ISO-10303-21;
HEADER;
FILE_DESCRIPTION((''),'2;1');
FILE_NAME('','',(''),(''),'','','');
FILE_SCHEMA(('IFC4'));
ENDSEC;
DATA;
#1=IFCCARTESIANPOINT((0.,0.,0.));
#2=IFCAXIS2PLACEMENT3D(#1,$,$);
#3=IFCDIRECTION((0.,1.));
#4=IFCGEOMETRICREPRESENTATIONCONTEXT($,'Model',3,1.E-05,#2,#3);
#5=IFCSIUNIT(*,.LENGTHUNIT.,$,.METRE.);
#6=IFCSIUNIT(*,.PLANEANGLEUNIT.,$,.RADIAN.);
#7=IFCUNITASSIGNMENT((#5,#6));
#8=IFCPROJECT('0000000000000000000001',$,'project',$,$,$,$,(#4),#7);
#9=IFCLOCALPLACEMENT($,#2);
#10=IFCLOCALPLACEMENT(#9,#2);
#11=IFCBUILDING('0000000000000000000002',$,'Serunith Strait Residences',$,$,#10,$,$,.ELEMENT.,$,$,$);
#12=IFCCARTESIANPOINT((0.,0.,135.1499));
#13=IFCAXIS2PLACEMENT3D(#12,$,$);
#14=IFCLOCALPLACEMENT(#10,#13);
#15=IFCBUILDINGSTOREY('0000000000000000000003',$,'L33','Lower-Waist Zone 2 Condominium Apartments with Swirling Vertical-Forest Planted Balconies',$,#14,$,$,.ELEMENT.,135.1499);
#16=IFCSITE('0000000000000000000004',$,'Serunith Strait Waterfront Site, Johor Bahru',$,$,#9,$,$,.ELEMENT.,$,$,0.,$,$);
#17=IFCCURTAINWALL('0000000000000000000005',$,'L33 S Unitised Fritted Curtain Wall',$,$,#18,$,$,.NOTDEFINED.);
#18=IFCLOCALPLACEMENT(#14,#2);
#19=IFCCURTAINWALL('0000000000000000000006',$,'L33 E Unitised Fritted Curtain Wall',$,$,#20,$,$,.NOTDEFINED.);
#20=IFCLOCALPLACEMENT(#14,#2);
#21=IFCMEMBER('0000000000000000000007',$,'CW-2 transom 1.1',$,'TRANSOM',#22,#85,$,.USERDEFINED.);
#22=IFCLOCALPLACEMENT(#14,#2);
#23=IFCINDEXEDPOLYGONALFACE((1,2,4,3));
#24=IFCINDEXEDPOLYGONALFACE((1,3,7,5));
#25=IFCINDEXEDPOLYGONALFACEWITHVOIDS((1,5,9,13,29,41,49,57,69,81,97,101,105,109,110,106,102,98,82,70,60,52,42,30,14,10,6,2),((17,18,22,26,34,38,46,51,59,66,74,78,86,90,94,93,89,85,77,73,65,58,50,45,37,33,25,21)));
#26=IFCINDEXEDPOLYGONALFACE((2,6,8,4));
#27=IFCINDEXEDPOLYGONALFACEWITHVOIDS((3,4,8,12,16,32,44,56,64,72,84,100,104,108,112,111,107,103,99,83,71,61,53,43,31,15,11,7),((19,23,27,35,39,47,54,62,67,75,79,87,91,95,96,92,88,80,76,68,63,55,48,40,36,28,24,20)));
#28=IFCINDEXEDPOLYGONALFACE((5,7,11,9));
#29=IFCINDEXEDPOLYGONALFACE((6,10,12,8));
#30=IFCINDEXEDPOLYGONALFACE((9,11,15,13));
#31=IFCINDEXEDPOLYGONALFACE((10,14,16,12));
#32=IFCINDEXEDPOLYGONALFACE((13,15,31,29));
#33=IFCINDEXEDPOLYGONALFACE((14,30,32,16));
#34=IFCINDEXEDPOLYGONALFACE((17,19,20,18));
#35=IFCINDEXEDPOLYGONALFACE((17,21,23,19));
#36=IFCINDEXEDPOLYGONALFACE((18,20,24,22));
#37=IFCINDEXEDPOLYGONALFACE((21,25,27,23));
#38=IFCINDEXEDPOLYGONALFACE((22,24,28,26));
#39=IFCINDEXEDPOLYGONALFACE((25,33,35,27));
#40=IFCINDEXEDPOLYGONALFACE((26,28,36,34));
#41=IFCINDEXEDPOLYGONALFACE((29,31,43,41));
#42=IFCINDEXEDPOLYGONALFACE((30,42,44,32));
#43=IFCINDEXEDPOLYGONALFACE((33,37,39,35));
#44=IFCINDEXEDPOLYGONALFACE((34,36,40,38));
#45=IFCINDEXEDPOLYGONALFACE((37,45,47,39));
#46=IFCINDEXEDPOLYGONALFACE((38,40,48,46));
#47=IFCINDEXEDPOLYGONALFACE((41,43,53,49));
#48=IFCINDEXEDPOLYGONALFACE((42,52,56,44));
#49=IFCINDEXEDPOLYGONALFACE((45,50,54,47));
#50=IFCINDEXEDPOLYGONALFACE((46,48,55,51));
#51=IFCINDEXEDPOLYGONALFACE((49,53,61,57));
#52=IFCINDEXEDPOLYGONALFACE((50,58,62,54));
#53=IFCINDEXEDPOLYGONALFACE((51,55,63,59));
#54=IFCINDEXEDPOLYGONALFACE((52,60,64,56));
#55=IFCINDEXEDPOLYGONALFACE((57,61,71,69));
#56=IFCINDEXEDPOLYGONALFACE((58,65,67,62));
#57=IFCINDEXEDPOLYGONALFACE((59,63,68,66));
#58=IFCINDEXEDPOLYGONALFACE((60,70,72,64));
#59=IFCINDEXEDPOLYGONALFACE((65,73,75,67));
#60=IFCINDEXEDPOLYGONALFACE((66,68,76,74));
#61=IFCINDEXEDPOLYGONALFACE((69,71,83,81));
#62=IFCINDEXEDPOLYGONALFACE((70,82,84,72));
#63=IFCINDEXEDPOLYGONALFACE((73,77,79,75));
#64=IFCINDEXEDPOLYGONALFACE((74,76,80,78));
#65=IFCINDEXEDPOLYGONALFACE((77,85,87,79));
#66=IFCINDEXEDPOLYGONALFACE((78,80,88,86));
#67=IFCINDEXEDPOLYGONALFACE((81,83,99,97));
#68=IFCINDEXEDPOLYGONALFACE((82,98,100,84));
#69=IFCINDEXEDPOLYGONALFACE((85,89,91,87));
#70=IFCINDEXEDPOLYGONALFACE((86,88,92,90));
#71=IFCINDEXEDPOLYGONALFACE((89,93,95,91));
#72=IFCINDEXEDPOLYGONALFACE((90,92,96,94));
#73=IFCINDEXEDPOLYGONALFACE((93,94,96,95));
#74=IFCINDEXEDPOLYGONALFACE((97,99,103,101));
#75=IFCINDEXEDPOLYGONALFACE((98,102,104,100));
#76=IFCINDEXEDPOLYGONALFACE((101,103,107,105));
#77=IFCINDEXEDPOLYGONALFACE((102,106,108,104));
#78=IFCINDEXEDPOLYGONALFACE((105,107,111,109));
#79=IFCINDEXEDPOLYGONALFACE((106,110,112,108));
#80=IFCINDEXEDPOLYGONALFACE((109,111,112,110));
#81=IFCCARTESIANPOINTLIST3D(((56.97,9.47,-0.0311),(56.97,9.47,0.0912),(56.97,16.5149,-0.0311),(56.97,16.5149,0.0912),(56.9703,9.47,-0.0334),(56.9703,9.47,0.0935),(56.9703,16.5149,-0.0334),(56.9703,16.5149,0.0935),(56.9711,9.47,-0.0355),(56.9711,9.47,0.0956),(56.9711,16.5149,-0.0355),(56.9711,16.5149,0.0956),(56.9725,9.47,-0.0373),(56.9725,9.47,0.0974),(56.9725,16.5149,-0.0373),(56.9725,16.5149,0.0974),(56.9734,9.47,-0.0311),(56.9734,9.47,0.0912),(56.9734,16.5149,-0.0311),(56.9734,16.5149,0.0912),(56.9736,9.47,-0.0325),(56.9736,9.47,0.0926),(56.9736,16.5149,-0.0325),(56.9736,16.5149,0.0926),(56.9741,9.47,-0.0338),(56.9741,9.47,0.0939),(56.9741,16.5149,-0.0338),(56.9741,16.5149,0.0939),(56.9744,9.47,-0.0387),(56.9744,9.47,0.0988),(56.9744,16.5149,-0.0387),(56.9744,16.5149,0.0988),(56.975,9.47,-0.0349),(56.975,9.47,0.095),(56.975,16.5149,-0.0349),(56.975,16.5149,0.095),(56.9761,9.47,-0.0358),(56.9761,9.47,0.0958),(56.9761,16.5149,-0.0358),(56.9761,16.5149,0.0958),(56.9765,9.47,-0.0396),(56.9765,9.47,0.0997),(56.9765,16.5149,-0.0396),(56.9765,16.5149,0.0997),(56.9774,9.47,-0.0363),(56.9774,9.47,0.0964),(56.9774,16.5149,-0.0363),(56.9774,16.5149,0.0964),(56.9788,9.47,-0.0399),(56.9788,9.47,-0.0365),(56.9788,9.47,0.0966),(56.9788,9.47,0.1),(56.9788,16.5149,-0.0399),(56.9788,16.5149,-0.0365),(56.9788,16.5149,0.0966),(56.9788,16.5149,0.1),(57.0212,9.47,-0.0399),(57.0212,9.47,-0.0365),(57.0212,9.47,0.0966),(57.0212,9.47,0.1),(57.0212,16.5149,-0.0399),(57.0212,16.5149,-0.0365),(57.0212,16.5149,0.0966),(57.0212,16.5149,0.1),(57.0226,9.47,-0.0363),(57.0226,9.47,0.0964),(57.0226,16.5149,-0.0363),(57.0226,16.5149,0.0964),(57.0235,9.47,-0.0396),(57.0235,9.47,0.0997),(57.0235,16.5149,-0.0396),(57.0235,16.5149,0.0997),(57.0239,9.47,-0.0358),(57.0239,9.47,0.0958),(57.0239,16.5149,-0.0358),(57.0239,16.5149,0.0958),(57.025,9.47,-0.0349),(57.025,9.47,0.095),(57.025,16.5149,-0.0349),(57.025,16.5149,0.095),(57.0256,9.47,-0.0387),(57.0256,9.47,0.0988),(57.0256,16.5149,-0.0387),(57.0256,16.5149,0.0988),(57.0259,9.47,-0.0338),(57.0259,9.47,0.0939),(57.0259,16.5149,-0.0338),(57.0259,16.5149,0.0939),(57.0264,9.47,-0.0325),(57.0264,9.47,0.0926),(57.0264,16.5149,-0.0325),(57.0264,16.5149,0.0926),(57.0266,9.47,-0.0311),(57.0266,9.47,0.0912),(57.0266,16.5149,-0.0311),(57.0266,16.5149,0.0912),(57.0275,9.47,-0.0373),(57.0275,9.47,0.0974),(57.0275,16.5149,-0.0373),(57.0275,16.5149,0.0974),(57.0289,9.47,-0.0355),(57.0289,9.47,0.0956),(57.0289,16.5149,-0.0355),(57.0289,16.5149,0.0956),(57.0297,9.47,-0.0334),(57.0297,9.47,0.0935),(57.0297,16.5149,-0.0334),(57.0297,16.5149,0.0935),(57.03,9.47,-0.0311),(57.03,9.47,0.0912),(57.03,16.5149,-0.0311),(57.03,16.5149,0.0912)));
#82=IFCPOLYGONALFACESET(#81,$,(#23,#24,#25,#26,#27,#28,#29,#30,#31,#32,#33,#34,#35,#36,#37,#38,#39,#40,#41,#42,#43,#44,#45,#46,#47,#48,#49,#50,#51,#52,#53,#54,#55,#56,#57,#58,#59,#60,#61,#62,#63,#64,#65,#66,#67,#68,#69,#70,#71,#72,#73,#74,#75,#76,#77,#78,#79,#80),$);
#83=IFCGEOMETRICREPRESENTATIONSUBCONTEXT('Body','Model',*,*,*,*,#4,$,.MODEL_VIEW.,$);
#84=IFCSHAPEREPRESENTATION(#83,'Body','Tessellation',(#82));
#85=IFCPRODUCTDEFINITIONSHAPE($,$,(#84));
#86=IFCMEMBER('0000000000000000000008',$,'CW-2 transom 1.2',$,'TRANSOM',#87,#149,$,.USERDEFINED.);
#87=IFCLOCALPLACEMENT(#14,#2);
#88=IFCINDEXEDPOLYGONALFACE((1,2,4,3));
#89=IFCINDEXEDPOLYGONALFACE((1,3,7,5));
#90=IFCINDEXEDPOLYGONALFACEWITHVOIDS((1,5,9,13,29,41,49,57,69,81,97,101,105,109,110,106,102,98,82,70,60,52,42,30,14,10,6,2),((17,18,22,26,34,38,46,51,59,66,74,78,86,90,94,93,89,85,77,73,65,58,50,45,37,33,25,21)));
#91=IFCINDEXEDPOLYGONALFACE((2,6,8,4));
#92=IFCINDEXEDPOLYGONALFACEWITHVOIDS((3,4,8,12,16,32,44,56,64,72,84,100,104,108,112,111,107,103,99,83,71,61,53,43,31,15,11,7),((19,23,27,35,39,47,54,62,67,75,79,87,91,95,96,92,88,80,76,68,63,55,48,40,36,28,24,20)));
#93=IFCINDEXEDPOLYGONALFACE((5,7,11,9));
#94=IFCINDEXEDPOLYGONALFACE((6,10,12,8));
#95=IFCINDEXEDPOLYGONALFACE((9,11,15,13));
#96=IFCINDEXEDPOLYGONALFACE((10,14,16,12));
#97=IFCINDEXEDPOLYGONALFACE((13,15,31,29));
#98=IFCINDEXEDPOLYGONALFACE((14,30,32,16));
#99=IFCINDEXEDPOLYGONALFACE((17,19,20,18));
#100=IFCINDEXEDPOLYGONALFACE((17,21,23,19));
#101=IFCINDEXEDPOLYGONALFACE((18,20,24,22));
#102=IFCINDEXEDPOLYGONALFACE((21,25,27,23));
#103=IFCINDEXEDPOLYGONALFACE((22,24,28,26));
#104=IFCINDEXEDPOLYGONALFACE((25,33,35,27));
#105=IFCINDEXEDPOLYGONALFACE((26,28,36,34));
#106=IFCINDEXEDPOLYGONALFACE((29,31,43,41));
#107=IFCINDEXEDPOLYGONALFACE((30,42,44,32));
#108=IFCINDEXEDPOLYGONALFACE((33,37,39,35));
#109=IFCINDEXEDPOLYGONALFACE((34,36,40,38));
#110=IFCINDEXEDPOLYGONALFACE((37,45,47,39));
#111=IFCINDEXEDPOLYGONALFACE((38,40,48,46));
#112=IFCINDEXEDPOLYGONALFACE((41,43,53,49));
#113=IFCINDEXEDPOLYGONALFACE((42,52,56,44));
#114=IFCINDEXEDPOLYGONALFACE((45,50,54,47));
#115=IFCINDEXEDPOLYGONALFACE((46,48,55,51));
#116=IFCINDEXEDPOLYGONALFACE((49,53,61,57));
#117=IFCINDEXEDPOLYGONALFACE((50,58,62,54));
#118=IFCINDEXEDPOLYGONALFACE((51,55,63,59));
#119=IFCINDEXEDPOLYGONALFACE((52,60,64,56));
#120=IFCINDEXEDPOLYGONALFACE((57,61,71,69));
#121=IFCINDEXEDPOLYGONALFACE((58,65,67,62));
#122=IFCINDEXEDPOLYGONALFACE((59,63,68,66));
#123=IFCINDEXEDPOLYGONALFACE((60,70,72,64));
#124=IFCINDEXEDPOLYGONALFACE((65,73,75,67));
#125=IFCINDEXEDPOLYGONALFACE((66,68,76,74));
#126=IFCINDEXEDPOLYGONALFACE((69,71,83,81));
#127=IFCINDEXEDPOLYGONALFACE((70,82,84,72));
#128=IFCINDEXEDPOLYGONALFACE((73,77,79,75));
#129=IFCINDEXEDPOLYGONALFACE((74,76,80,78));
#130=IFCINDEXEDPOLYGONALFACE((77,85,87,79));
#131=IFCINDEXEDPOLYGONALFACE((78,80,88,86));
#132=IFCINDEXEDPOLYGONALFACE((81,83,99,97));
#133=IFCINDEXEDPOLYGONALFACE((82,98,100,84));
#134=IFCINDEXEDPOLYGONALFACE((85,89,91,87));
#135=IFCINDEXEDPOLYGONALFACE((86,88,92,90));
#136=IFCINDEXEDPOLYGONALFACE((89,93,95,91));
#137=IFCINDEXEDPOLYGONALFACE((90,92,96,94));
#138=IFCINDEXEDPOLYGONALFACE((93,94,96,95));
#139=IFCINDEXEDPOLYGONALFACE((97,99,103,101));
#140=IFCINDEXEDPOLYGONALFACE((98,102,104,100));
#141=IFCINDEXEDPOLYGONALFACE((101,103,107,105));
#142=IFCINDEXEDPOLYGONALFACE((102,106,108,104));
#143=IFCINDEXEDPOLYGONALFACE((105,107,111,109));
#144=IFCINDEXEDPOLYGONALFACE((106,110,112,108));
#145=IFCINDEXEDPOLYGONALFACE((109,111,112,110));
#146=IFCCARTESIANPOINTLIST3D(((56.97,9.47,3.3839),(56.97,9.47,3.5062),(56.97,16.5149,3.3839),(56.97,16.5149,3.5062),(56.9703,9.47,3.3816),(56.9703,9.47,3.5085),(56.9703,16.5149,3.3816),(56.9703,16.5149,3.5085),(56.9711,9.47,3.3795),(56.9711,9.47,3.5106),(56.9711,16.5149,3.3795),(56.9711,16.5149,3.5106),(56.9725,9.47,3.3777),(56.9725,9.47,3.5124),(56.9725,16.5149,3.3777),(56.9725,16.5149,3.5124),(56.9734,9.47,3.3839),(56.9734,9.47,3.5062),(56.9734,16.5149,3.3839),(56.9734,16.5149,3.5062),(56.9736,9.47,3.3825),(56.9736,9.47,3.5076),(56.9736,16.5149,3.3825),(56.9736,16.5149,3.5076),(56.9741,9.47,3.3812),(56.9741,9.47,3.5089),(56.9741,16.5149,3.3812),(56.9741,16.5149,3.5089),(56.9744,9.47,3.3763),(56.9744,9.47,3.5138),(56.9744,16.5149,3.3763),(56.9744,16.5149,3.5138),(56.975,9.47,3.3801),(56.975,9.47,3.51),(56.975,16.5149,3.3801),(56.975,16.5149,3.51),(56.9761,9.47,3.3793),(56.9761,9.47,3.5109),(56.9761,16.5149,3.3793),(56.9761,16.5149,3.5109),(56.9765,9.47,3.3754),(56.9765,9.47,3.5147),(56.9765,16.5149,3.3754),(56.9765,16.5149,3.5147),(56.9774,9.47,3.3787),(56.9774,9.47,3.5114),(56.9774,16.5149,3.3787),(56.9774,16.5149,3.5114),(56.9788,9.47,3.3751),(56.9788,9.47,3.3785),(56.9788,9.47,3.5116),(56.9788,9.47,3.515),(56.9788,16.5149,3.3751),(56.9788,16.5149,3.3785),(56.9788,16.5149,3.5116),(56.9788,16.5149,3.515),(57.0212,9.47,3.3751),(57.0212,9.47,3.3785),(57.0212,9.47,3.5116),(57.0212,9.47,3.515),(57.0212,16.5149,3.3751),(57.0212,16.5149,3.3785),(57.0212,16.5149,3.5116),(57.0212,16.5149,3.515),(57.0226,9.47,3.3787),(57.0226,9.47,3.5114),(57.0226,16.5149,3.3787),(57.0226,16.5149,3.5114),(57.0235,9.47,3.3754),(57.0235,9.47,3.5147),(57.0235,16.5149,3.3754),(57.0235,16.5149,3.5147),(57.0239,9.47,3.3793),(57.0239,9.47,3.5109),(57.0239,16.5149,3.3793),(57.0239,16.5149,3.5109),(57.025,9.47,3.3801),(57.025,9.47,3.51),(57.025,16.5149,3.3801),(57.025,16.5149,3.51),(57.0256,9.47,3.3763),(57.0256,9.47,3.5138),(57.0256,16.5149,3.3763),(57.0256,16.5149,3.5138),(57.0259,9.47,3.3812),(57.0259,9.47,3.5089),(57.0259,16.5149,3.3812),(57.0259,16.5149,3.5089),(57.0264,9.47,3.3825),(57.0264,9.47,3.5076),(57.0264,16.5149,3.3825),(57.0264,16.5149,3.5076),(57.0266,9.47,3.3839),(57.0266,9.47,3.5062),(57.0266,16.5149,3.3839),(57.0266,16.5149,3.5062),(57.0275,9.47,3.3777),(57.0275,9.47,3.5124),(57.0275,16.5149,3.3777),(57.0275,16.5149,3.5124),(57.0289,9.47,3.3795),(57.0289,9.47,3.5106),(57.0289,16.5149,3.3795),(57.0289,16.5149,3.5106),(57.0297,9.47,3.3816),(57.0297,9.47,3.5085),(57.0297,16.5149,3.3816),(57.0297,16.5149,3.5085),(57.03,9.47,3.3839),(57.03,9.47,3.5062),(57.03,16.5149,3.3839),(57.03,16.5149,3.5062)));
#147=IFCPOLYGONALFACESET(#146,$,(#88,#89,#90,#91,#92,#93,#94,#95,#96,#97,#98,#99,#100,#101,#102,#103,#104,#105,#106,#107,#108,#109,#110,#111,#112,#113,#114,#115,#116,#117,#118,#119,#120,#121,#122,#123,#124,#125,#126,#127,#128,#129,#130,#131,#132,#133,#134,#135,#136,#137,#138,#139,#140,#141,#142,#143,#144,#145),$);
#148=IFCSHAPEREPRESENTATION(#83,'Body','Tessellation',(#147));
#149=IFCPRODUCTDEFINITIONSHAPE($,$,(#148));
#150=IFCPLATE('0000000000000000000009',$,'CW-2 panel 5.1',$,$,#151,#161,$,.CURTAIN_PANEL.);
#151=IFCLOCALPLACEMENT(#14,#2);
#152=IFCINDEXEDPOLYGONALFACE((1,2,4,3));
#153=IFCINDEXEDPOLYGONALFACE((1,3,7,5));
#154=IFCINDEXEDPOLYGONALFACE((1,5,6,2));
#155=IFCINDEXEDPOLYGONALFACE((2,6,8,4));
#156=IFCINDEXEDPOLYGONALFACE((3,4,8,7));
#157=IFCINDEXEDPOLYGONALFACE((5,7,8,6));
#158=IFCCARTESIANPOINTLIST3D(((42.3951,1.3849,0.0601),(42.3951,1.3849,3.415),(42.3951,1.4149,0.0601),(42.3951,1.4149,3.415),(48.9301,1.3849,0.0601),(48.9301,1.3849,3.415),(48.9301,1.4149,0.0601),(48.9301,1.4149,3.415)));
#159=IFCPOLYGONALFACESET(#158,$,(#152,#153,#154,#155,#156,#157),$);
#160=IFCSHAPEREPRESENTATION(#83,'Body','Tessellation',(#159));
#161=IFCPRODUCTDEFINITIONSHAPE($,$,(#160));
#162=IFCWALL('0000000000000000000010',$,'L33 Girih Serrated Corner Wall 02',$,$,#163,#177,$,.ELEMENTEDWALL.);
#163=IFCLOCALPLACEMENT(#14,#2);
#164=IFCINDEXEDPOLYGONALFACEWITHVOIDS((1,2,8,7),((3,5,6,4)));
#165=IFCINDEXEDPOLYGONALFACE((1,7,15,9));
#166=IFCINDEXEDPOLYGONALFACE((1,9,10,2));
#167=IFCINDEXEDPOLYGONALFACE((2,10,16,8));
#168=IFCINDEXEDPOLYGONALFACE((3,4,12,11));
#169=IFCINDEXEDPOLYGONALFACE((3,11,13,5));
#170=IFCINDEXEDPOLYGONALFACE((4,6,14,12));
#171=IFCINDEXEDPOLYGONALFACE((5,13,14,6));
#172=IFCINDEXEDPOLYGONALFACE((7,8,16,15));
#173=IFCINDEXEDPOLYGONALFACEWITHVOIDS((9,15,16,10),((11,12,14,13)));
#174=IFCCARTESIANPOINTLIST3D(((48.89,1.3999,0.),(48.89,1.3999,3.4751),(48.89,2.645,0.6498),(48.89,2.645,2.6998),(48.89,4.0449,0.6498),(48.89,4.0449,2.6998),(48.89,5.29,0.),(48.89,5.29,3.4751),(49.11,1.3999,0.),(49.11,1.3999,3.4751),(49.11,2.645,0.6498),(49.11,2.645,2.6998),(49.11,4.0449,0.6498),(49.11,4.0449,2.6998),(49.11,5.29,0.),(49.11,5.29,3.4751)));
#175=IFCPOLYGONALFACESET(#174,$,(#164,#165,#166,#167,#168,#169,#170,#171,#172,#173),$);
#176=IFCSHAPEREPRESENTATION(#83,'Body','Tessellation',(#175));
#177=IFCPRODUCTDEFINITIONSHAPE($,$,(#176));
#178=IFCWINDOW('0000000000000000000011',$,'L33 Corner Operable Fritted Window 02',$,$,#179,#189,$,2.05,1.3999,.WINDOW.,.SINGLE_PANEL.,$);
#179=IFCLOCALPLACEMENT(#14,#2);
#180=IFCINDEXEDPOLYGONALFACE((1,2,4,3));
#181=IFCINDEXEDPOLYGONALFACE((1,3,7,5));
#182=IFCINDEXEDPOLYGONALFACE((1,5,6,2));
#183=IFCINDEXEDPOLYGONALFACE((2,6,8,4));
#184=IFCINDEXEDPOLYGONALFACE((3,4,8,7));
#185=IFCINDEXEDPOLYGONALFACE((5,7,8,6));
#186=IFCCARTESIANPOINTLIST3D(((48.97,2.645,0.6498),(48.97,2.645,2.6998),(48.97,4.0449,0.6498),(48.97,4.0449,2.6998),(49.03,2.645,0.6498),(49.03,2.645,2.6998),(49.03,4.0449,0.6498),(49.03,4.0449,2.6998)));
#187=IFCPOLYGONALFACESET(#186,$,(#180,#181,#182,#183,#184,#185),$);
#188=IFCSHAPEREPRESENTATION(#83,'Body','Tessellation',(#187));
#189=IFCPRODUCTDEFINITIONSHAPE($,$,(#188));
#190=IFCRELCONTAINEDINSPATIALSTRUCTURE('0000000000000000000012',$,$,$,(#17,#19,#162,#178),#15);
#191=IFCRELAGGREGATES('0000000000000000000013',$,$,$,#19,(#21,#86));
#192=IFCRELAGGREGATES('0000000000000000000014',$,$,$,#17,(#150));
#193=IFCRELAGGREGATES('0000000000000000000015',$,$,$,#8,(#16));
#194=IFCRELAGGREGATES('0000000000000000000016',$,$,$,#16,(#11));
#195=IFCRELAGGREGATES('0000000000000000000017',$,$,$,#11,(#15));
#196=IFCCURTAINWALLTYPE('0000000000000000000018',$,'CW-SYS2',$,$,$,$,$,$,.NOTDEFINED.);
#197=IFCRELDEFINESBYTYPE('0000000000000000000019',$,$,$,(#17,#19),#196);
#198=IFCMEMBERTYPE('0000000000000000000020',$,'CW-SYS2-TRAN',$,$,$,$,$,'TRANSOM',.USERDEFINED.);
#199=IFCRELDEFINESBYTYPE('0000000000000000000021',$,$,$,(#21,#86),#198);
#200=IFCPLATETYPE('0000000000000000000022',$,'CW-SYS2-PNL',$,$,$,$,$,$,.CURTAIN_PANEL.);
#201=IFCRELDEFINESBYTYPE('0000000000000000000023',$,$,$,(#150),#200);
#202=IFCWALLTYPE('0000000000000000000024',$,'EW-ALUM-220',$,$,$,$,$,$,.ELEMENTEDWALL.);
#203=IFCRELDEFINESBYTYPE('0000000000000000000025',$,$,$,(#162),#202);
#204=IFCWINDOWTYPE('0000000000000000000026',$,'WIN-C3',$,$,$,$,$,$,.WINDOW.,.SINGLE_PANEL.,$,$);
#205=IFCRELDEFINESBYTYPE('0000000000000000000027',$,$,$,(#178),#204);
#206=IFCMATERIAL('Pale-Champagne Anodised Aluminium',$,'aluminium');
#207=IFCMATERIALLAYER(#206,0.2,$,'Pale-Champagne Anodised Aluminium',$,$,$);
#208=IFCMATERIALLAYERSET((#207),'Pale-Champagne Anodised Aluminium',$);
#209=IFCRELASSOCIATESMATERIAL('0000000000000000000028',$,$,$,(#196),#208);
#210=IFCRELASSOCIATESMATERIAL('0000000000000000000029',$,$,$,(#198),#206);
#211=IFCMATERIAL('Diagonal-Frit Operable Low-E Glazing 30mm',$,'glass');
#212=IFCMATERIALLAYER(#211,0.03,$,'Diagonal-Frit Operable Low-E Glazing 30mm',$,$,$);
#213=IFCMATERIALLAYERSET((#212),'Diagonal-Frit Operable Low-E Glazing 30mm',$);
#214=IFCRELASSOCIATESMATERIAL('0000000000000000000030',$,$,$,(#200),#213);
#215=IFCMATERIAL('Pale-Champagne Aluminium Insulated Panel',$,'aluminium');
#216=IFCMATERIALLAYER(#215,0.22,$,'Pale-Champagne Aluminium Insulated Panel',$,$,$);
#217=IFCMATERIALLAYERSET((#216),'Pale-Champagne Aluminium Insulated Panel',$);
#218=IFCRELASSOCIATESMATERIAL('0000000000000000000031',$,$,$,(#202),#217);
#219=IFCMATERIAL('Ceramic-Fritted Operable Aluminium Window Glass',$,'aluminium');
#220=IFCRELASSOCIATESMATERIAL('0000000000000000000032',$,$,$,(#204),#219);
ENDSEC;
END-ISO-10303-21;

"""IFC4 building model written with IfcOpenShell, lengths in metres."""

from ifc_helpers import new_model, si_unit, direction, frame, frame_2d, origin, origin_2d, place, context, subcontext, project, spatial, rectangle, hollow_rectangle, extrude, source, transform, mapped, material, layer, layer_set, material_profile, profile_set, type_object, element, fill, aggregate, save


model = new_model("IFC4")

# Units and contexts
model_context = context("Model", 3, precision=1e-05, world=origin(), true_north=direction((0.0, 1.0)))
body_context = subcontext(model_context, "Body", "Model", "MODEL_VIEW")
ifc_project = project(units=[si_unit("LENGTHUNIT", "METRE"), si_unit("PLANEANGLEUNIT", "RADIAN")], contexts=[model_context])

# Site, building, storey
site_placement = place(None, origin())
site = spatial("IfcSite", under=ifc_project, at=site_placement, Name="Serunith Strait Waterfront Site, Johor Bahru", CompositionType="ELEMENT", RefElevation=0.0)
building_placement = place(site_placement, origin())
building = spatial("IfcBuilding", under=site, at=building_placement, Name="Serunith Strait Residences", CompositionType="ELEMENT")
storey_placement = place(building_placement, frame((0.0, 0.0, 135.1499)))
storey = spatial("IfcBuildingStorey", under=building, at=storey_placement, Name="L33", Description="Lower-Waist Zone 2 Condominium Apartments with Swirling Vertical-Forest Planted Balconies", CompositionType="ELEMENT", Elevation=135.1499)

# Curtain wall
ifc_material_1 = material(Name="Pale-Champagne Anodised Aluminium", Category="aluminium")
ifc_layer_1 = layer(ifc_material_1, 0.2, Name="Pale-Champagne Anodised Aluminium")
ifc_layer_set_1 = layer_set([ifc_layer_1], Name="Pale-Champagne Anodised Aluminium")
curtain_wall_type = type_object("IfcCurtainWallType", Name="CW-SYS2", PredefinedType="NOTDEFINED", material=ifc_layer_set_1)
curtain_wall_1_placement = place(storey_placement, origin())
curtain_wall_1 = element("IfcCurtainWall", 1, at=curtain_wall_1_placement, inside=storey, type_object=curtain_wall_type, Name="L33 S Unitised Fritted Curtain Wall", PredefinedType="NOTDEFINED")

# Curtain wall, members
curtain_wall_2_placement = place(storey_placement, origin())
curtain_wall_2 = element("IfcCurtainWall", 2, at=curtain_wall_2_placement, inside=storey, type_object=curtain_wall_type, Name="L33 E Unitised Fritted Curtain Wall", PredefinedType="NOTDEFINED")
ifc_material_profile_1 = material_profile(ifc_material_1, hollow_rectangle(XDim=0.0601, YDim=0.1399, WallThickness=0.0034, InnerFilletRadius=0.0054, OuterFilletRadius=0.0088, at=origin_2d()), Name="ALU 140x60x3.5")
ifc_profile_set_1 = profile_set([ifc_material_profile_1], Name="Pale-Champagne Anodised Aluminium")
member_type_1 = type_object("IfcMemberType", Name="CW-SYS2-TRAN", ElementType="TRANSOM", PredefinedType="USERDEFINED", material=ifc_profile_set_1)
shared_shape_1 = source(origin(), body_context, "Body", "SweptSolid", [
    extrude(hollow_rectangle(XDim=0.0601, YDim=0.1399, WallThickness=0.0034, InnerFilletRadius=0.0054, OuterFilletRadius=0.0088, at=origin_2d()), origin(), (0.0, 0.0, 1.0), 7.0449),
])
member_1_placement = place(storey_placement, frame((57.0, 9.47, 0.03), z_axis=(0.0, 1.0, 0.0), x_axis=(-1.0, 0.0, 0.0)))
member_1 = element("IfcMember", 3, at=member_1_placement, type_object=member_type_1, Name="CW-2 transom 1.1", ObjectType="TRANSOM", PredefinedType="USERDEFINED", context=body_context, shape_type="MappedRepresentation", body=[
    mapped(shared_shape_1, transform((0.0, 0.0, 0.0), scale=1.0)),
])
member_2_placement = place(storey_placement, frame((57.0, 9.47, 3.4451), z_axis=(0.0, 1.0, 0.0), x_axis=(-1.0, 0.0, 0.0)))
member_2 = element("IfcMember", 4, at=member_2_placement, type_object=member_type_1, Name="CW-2 transom 1.2", ObjectType="TRANSOM", PredefinedType="USERDEFINED", context=body_context, shape_type="MappedRepresentation", body=[
    mapped(shared_shape_1, transform((0.0, 0.0, 0.0), scale=1.0)),
])
aggregate(curtain_wall_2, [member_1, member_2])

# Plate
ifc_material_2 = material(Name="Diagonal-Frit Operable Low-E Glazing 30mm", Category="glass")
ifc_layer_2 = layer(ifc_material_2, 0.03, Name="Diagonal-Frit Operable Low-E Glazing 30mm")
ifc_layer_set_2 = layer_set([ifc_layer_2], Name="Diagonal-Frit Operable Low-E Glazing 30mm")
plate_type = type_object("IfcPlateType", Name="CW-SYS2-PNL", PredefinedType="CURTAIN_PANEL", material=ifc_layer_set_2)
shared_shape_2 = source(origin(), body_context, "Body", "SweptSolid", [
    extrude(rectangle(XDim=6.5349, YDim=0.03, at=origin_2d()), origin(), (0.0, 0.0, 1.0), 3.355),
])
plate_placement = place(storey_placement, frame((45.6626, 1.3999, 0.0601), z_axis=(0.0, 0.0, 1.0), x_axis=(1.0, 0.0, 0.0)))
plate = element("IfcPlate", 5, at=plate_placement, type_object=plate_type, Name="CW-2 panel 5.1", PredefinedType="CURTAIN_PANEL", context=body_context, shape_type="MappedRepresentation", body=[
    mapped(shared_shape_2, transform((0.0, 0.0, 0.0), scale=1.0)),
])
aggregate(curtain_wall_1, [plate])

# Wall, opening, window
ifc_material_3 = material(Name="Pale-Champagne Aluminium Insulated Panel", Category="aluminium")
ifc_layer_3 = layer(ifc_material_3, 0.22, Name="Pale-Champagne Aluminium Insulated Panel")
ifc_layer_set_3 = layer_set([ifc_layer_3], Name="Pale-Champagne Aluminium Insulated Panel")
wall_type_1 = type_object("IfcWallType", Name="EW-ALUM-220", PredefinedType="ELEMENTEDWALL", material=ifc_layer_set_3)
wall_1_placement = place(storey_placement, frame((49.0, 1.3999, 0.0), z_axis=(0.0, 0.0, 1.0), x_axis=(0.0, 1.0, 0.0)))
wall_1 = element("IfcWall", 6, at=wall_1_placement, inside=storey, type_object=wall_type_1, Name="L33 Girih Serrated Corner Wall 02", PredefinedType="ELEMENTEDWALL", context=body_context, shape_type="SweptSolid", body=[
    extrude(rectangle(XDim=3.8901, YDim=0.22, at=frame_2d((1.9451, 0.0))), origin(), (0.0, 0.0, 1.0), 3.4751),
])
opening_1_placement = place(wall_1_placement, frame((1.2451, 0.0, 0.6499)))
opening_1 = element("IfcOpeningElement", 7, at=opening_1_placement, cuts=wall_1, PredefinedType="OPENING", context=body_context, shape_type="SweptSolid", body=[
    extrude(rectangle(XDim=1.3999, YDim=2.05, at=frame_2d((0.7, 1.0249))), frame((0.0, 0.1201, 0.0), z_axis=(0.0, -1.0, 0.0), x_axis=(1.0, 0.0, 0.0)), (0.0, 0.0, 1.0), 0.24),
])
ifc_material_4 = material(Name="Ceramic-Fritted Operable Aluminium Window Glass", Category="aluminium")
window_type = type_object("IfcWindowType", Name="WIN-C3", PartitioningType="SINGLE_PANEL", PredefinedType="WINDOW", material=ifc_material_4)
shared_shape_3 = source(origin(), body_context, "Body", "SweptSolid", [
    extrude(rectangle(XDim=1.3999, YDim=2.05, at=frame_2d((0.7, 1.0249))), frame((0.0, 0.03, 0.0), z_axis=(0.0, -1.0, 0.0), x_axis=(1.0, 0.0, 0.0)), (0.0, 0.0, 1.0), 0.0601),
])
window_1_placement = place(opening_1_placement, origin())
window_1 = element("IfcWindow", 8, at=window_1_placement, inside=storey, type_object=window_type, Name="L33 Corner Operable Fritted Window 02", OverallHeight=2.05, OverallWidth=1.3999, PartitioningType="SINGLE_PANEL", PredefinedType="WINDOW", context=body_context, shape_type="MappedRepresentation", body=[
    mapped(shared_shape_3, transform((0.0, 0.0, 0.0), scale=1.0)),
])
fill(opening_1, window_1)

save(model, "model.ifc")
